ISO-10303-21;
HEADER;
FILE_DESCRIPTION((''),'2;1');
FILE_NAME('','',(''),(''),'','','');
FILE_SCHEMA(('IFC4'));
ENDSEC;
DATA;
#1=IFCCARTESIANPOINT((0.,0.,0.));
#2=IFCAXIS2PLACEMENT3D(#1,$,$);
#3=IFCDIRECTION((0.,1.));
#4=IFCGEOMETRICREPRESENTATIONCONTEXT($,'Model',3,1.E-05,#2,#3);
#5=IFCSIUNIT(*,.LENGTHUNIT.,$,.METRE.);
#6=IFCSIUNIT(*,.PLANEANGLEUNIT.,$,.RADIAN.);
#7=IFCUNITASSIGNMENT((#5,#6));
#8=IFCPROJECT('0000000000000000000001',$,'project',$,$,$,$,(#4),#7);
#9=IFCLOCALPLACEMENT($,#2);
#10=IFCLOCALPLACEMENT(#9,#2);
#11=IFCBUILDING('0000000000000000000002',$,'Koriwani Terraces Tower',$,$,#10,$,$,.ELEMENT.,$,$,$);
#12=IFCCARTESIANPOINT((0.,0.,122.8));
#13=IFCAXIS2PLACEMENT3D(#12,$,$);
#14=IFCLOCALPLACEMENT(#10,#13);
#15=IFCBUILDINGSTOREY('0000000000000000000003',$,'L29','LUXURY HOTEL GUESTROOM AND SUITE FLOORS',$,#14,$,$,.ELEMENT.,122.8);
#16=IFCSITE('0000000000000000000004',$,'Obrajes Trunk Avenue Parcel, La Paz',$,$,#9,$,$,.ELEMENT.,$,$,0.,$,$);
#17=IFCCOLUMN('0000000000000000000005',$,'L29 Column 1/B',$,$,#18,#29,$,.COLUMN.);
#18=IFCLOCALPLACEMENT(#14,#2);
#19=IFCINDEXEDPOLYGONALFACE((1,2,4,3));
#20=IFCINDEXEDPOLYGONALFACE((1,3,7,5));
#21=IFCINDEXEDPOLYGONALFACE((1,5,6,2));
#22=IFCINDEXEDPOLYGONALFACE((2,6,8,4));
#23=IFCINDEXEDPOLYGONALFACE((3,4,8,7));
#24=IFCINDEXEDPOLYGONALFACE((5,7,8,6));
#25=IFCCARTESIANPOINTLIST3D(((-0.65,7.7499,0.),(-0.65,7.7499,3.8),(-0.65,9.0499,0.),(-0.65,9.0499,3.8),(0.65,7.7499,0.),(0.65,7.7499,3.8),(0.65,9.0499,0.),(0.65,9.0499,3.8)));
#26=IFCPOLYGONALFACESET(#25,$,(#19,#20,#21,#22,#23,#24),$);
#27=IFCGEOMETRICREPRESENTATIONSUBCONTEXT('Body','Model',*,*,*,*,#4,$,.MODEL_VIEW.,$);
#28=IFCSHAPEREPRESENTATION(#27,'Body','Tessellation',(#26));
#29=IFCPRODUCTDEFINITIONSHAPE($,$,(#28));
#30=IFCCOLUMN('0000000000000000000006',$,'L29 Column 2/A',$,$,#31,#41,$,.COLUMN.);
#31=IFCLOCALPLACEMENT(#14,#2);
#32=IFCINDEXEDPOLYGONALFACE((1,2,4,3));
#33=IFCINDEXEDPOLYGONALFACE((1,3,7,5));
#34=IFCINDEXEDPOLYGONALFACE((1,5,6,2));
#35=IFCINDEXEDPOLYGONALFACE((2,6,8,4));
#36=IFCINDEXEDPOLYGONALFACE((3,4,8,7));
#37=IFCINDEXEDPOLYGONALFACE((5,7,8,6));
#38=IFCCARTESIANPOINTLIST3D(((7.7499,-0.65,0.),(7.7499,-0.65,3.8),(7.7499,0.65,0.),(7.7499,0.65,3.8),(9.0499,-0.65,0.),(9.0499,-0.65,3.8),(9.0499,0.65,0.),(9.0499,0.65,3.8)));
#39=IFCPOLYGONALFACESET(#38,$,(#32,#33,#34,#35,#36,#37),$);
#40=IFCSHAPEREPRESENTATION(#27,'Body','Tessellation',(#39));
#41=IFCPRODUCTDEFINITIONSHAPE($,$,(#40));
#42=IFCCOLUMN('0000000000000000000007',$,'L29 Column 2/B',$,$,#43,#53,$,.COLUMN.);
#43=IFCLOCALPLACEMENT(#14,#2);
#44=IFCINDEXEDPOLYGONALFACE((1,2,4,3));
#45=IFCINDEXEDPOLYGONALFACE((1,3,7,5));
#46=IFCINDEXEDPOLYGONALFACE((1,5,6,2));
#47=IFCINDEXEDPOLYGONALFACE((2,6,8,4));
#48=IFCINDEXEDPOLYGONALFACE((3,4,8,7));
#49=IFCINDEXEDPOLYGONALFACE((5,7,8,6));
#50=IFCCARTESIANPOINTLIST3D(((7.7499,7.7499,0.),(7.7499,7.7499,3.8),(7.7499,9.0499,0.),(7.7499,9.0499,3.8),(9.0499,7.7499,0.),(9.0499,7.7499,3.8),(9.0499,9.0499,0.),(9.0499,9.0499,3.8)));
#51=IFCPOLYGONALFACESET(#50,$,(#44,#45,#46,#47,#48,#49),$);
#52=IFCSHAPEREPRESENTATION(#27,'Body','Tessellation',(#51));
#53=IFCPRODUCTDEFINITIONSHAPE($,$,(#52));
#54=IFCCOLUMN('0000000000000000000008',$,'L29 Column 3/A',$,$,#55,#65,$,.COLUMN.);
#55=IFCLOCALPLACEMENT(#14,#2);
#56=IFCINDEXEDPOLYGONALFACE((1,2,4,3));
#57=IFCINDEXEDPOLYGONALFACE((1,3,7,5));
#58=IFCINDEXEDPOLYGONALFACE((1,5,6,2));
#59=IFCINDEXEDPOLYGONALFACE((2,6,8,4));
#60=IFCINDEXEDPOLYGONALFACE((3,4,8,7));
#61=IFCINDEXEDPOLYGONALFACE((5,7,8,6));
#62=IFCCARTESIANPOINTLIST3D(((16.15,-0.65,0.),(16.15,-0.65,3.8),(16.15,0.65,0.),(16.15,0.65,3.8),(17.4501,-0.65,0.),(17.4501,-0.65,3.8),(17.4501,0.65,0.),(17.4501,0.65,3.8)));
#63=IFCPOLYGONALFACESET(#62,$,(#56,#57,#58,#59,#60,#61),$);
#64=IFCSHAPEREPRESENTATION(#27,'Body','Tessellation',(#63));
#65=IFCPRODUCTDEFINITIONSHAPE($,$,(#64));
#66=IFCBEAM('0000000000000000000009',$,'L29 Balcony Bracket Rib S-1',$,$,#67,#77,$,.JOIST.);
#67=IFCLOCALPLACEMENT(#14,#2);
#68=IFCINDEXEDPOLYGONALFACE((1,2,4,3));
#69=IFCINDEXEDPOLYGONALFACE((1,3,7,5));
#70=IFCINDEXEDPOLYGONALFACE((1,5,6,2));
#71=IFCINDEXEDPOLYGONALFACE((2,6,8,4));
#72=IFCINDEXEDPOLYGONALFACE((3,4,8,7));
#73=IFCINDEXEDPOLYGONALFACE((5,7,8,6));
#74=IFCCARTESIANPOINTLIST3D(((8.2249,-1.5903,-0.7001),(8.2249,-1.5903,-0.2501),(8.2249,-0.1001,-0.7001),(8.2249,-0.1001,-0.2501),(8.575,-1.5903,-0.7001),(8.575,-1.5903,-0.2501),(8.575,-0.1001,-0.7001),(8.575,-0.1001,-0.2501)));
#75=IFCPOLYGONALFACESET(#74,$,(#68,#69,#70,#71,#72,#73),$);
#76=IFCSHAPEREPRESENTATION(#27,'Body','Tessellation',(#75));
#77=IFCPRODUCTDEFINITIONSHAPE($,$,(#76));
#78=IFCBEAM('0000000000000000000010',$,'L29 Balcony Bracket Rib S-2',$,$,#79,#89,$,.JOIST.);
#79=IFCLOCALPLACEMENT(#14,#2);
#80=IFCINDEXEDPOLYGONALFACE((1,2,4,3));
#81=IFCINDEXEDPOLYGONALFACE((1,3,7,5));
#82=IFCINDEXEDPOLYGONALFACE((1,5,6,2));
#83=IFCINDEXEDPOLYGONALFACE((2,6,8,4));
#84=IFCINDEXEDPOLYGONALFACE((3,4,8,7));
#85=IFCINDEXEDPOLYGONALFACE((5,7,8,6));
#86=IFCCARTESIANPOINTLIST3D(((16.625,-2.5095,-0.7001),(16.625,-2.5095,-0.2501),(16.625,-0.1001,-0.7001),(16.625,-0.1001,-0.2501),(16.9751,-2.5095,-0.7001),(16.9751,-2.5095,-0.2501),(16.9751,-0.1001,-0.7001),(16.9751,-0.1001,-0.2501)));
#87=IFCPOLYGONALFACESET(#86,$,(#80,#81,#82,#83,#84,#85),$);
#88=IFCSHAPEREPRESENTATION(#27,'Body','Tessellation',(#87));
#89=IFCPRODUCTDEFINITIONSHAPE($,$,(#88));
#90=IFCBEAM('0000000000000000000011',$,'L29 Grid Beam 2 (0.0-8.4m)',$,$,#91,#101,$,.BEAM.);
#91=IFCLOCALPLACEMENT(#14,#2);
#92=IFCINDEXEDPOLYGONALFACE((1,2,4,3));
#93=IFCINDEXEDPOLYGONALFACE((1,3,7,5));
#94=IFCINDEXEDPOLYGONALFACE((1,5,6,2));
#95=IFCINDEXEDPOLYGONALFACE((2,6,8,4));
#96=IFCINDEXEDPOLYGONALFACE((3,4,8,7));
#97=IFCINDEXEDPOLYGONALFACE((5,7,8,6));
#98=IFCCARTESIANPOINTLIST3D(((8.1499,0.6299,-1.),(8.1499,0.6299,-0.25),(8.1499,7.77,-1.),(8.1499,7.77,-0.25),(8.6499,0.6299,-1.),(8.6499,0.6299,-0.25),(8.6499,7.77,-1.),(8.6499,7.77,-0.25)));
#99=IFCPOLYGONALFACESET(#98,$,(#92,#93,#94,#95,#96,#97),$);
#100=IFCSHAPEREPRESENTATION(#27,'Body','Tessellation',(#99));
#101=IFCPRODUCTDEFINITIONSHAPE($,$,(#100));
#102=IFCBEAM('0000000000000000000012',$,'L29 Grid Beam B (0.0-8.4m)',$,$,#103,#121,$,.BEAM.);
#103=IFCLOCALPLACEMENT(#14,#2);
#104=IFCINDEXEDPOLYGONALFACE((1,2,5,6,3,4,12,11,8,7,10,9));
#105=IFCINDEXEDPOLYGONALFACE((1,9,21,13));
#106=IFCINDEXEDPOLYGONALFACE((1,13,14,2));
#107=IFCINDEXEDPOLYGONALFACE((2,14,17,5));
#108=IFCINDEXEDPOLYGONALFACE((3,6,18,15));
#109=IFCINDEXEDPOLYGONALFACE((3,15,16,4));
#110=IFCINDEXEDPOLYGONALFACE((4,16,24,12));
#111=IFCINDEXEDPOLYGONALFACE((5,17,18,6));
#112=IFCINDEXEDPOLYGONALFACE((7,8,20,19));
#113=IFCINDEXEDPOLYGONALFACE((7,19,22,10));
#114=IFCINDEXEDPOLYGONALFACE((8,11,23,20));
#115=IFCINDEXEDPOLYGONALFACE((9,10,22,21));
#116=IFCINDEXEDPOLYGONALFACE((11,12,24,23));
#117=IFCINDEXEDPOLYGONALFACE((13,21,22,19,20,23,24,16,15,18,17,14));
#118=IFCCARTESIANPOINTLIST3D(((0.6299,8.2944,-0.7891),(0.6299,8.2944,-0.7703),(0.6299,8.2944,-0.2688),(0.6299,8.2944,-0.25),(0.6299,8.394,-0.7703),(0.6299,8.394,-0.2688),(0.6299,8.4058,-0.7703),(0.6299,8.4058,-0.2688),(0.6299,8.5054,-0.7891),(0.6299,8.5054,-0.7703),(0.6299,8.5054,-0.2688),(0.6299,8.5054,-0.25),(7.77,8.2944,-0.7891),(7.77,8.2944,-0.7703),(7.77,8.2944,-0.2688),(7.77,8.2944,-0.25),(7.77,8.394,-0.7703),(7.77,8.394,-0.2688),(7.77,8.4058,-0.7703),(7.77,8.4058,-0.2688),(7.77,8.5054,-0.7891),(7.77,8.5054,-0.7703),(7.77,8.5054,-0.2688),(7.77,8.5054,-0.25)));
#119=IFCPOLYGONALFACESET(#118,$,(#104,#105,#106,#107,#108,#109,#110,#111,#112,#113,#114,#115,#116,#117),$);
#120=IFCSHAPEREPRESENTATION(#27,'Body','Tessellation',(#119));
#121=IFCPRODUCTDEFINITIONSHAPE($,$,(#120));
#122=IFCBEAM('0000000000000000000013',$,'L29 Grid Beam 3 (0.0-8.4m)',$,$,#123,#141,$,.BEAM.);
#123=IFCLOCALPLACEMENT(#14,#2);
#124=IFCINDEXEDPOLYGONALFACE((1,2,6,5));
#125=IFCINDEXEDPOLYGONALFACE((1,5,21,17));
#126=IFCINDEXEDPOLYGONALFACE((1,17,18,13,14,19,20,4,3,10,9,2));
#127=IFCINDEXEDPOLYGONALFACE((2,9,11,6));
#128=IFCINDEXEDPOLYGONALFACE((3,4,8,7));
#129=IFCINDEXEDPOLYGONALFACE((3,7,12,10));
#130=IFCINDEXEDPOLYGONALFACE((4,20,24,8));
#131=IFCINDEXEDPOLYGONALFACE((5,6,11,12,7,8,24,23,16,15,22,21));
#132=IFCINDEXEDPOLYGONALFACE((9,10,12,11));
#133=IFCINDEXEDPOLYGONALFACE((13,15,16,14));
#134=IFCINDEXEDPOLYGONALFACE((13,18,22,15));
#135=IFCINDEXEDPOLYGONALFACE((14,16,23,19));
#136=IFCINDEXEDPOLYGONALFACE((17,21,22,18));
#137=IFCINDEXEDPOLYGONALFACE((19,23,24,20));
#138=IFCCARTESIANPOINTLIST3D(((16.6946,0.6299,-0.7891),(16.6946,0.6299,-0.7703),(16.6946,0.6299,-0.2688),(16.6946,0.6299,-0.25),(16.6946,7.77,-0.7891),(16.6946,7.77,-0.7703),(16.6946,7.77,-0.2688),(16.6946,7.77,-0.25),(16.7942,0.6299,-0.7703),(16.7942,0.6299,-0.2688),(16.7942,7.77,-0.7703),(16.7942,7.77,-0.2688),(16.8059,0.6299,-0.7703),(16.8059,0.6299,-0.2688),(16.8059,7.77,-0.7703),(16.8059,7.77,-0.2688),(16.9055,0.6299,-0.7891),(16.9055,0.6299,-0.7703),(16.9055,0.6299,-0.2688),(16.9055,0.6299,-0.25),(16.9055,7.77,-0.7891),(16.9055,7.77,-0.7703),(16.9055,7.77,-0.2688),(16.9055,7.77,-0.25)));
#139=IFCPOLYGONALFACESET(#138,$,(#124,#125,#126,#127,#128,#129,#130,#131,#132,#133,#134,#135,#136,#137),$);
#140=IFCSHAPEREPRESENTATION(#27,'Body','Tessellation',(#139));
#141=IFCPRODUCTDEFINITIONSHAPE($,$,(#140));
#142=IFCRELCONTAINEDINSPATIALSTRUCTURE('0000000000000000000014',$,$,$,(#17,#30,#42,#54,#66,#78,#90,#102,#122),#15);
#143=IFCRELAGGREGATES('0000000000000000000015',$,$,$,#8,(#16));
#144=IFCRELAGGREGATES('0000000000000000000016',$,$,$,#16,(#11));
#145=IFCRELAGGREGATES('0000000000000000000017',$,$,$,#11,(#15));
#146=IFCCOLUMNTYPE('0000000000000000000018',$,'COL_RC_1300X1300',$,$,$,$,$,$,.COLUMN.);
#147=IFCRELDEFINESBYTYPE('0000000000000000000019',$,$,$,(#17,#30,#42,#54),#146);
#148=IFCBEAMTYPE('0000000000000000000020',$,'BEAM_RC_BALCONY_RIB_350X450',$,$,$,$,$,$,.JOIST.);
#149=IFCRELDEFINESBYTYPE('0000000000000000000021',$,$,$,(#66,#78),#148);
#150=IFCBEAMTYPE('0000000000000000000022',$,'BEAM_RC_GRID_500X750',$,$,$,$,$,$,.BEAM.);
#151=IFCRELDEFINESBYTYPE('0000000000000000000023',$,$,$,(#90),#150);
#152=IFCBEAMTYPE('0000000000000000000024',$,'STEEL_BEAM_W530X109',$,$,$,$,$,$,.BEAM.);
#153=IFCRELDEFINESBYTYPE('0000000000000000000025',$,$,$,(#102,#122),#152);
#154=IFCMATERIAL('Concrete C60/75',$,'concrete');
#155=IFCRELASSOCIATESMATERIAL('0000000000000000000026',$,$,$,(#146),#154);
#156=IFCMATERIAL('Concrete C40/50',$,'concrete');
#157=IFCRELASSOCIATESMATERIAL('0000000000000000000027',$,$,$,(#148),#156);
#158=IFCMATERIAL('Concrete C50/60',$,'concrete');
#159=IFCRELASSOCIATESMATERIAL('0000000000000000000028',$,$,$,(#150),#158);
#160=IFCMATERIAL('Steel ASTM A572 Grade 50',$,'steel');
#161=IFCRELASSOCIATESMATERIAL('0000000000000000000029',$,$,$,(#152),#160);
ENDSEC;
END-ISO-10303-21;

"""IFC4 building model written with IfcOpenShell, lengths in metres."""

from ifc_helpers import new_model, si_unit, direction, frame, origin, origin_2d, place, context, subcontext, project, spatial, rectangle, i_section, extrude, material, material_profile, profile_set, type_object, element, save


model = new_model("IFC4")

# Units and contexts
model_context = context("Model", 3, precision=1e-05, world=origin(), true_north=direction((0.0, 1.0)))
body_context = subcontext(model_context, "Body", "Model", "MODEL_VIEW")
ifc_project = project(units=[si_unit("LENGTHUNIT", "METRE"), si_unit("PLANEANGLEUNIT", "RADIAN")], contexts=[model_context])

# Site, building, storey
site_placement = place(None, origin())
site = spatial("IfcSite", under=ifc_project, at=site_placement, Name="Obrajes Trunk Avenue Parcel, La Paz", CompositionType="ELEMENT", RefElevation=0.0)
building_placement = place(site_placement, origin())
building = spatial("IfcBuilding", under=site, at=building_placement, Name="Koriwani Terraces Tower", CompositionType="ELEMENT")
storey_placement = place(building_placement, frame((0.0, 0.0, 122.8)))
storey = spatial("IfcBuildingStorey", under=building, at=storey_placement, Name="L29", Description="LUXURY HOTEL GUESTROOM AND SUITE FLOORS", CompositionType="ELEMENT", Elevation=122.8)

# Columns
ifc_material_1 = material(Name="Concrete C60/75", Category="concrete")
ifc_material_profile_1 = material_profile(ifc_material_1, rectangle(XDim=1.3, YDim=1.3, at=origin_2d()), Name="Concrete C60/75", Category="LoadBearing")
ifc_profile_set_1 = profile_set([ifc_material_profile_1], Name="Concrete C60/75")
column_type = type_object("IfcColumnType", Name="COL_RC_1300X1300", PredefinedType="COLUMN", material=ifc_profile_set_1)
for number, where, z_axis, x_axis, name in (
    (1, (0.0, 8.3999, 0.0), (0.0, 0.0, 1.0), (1.0, 0.0, 0.0), "L29 Column 1/B"),
    (2, (8.3999, 0.0, 0.0), (0.0, 0.0, 1.0), (1.0, 0.0, 0.0), "L29 Column 2/A"),
    (3, (8.3999, 8.3999, 0.0), (0.0, 0.0, 1.0), (1.0, 0.0, 0.0), "L29 Column 2/B"),
    (4, (16.8, 0.0, 0.0), (0.0, 0.0, 1.0), (1.0, 0.0, 0.0), "L29 Column 3/A"),
):
    element("IfcColumn", number, at=place(storey_placement, frame(where, z_axis=z_axis, x_axis=x_axis)), inside=storey, type_object=column_type, Name=name, PredefinedType="COLUMN", context=body_context, shape_type="SweptSolid", body=[
        extrude(rectangle(XDim=1.3, YDim=1.3, at=origin_2d()), origin(), (0.0, 0.0, 1.0), 3.8),
    ])

# Beams
ifc_material_2 = material(Name="Concrete C40/50", Category="concrete")
ifc_material_profile_2 = material_profile(ifc_material_2, rectangle(XDim=0.3501, YDim=0.45, at=origin_2d()), Name="Concrete C40/50", Category="LoadBearing")
ifc_profile_set_2 = profile_set([ifc_material_profile_2], Name="Concrete C40/50")
beam_type_1 = type_object("IfcBeamType", Name="BEAM_RC_BALCONY_RIB_350X450", PredefinedType="JOIST", material=ifc_profile_set_2)
beam_1_placement = place(storey_placement, frame((8.3999, -1.5903, -0.4751), z_axis=(0.0, 1.0, 0.0), x_axis=(-1.0, 0.0, 0.0)))
element("IfcBeam", 5, at=beam_1_placement, inside=storey, type_object=beam_type_1, Name="L29 Balcony Bracket Rib S-1", PredefinedType="JOIST", context=body_context, shape_type="SweptSolid", body=[
    extrude(rectangle(XDim=0.3501, YDim=0.45, at=origin_2d()), origin(), (0.0, 0.0, 1.0), 1.4902),
])
beam_2_placement = place(storey_placement, frame((16.8, -2.5095, -0.4751), z_axis=(0.0, 1.0, 0.0), x_axis=(-1.0, 0.0, 0.0)))
element("IfcBeam", 6, at=beam_2_placement, inside=storey, type_object=beam_type_1, Name="L29 Balcony Bracket Rib S-2", PredefinedType="JOIST", context=body_context, shape_type="SweptSolid", body=[
    extrude(rectangle(XDim=0.3501, YDim=0.45, at=origin_2d()), origin(), (0.0, 0.0, 1.0), 2.4094),
])
ifc_material_3 = material(Name="Concrete C50/60", Category="concrete")
ifc_material_profile_3 = material_profile(ifc_material_3, rectangle(XDim=0.5, YDim=0.75, at=origin_2d()), Name="Concrete C50/60", Category="LoadBearing")
ifc_profile_set_3 = profile_set([ifc_material_profile_3], Name="Concrete C50/60")
beam_type_2 = type_object("IfcBeamType", Name="BEAM_RC_GRID_500X750", PredefinedType="BEAM", material=ifc_profile_set_3)
beam_3_placement = place(storey_placement, frame((8.3999, 0.6299, -0.625), z_axis=(0.0, 1.0, 0.0), x_axis=(-1.0, 0.0, 0.0)))
element("IfcBeam", 7, at=beam_3_placement, inside=storey, type_object=beam_type_2, Name="L29 Grid Beam 2 (0.0-8.4m)", PredefinedType="BEAM", context=body_context, shape_type="SweptSolid", body=[
    extrude(rectangle(XDim=0.5, YDim=0.75, at=origin_2d()), origin(), (0.0, 0.0, 1.0), 7.1401),
])
ifc_material_4 = material(Name="Steel ASTM A572 Grade 50", Category="steel")
ifc_material_profile_4 = material_profile(ifc_material_4, i_section(OverallWidth=0.2109, OverallDepth=0.5391, WebThickness=0.0117, FlangeThickness=0.0188, at=origin_2d()), Name="Steel ASTM A572 Grade 50", Category="LoadBearing")
ifc_profile_set_4 = profile_set([ifc_material_profile_4], Name="Steel ASTM A572 Grade 50")
beam_type_3 = type_object("IfcBeamType", Name="STEEL_BEAM_W530X109", PredefinedType="BEAM", material=ifc_profile_set_4)
for number, where, z_axis, x_axis, name in (
    (8, (0.6299, 8.3999, -0.5195), (1.0, 0.0, 0.0), (0.0, 1.0, 0.0), "L29 Grid Beam B (0.0-8.4m)"),
    (9, (16.8, 0.6299, -0.5195), (0.0, 1.0, 0.0), (-1.0, 0.0, 0.0), "L29 Grid Beam 3 (0.0-8.4m)"),
):
    element("IfcBeam", number, at=place(storey_placement, frame(where, z_axis=z_axis, x_axis=x_axis)), inside=storey, type_object=beam_type_3, Name=name, PredefinedType="BEAM", context=body_context, shape_type="SweptSolid", body=[
        extrude(i_section(OverallWidth=0.2109, OverallDepth=0.5391, WebThickness=0.0117, FlangeThickness=0.0188, at=origin_2d()), origin(), (0.0, 0.0, 1.0), 7.1401),
    ])

save(model, "model.ifc")
